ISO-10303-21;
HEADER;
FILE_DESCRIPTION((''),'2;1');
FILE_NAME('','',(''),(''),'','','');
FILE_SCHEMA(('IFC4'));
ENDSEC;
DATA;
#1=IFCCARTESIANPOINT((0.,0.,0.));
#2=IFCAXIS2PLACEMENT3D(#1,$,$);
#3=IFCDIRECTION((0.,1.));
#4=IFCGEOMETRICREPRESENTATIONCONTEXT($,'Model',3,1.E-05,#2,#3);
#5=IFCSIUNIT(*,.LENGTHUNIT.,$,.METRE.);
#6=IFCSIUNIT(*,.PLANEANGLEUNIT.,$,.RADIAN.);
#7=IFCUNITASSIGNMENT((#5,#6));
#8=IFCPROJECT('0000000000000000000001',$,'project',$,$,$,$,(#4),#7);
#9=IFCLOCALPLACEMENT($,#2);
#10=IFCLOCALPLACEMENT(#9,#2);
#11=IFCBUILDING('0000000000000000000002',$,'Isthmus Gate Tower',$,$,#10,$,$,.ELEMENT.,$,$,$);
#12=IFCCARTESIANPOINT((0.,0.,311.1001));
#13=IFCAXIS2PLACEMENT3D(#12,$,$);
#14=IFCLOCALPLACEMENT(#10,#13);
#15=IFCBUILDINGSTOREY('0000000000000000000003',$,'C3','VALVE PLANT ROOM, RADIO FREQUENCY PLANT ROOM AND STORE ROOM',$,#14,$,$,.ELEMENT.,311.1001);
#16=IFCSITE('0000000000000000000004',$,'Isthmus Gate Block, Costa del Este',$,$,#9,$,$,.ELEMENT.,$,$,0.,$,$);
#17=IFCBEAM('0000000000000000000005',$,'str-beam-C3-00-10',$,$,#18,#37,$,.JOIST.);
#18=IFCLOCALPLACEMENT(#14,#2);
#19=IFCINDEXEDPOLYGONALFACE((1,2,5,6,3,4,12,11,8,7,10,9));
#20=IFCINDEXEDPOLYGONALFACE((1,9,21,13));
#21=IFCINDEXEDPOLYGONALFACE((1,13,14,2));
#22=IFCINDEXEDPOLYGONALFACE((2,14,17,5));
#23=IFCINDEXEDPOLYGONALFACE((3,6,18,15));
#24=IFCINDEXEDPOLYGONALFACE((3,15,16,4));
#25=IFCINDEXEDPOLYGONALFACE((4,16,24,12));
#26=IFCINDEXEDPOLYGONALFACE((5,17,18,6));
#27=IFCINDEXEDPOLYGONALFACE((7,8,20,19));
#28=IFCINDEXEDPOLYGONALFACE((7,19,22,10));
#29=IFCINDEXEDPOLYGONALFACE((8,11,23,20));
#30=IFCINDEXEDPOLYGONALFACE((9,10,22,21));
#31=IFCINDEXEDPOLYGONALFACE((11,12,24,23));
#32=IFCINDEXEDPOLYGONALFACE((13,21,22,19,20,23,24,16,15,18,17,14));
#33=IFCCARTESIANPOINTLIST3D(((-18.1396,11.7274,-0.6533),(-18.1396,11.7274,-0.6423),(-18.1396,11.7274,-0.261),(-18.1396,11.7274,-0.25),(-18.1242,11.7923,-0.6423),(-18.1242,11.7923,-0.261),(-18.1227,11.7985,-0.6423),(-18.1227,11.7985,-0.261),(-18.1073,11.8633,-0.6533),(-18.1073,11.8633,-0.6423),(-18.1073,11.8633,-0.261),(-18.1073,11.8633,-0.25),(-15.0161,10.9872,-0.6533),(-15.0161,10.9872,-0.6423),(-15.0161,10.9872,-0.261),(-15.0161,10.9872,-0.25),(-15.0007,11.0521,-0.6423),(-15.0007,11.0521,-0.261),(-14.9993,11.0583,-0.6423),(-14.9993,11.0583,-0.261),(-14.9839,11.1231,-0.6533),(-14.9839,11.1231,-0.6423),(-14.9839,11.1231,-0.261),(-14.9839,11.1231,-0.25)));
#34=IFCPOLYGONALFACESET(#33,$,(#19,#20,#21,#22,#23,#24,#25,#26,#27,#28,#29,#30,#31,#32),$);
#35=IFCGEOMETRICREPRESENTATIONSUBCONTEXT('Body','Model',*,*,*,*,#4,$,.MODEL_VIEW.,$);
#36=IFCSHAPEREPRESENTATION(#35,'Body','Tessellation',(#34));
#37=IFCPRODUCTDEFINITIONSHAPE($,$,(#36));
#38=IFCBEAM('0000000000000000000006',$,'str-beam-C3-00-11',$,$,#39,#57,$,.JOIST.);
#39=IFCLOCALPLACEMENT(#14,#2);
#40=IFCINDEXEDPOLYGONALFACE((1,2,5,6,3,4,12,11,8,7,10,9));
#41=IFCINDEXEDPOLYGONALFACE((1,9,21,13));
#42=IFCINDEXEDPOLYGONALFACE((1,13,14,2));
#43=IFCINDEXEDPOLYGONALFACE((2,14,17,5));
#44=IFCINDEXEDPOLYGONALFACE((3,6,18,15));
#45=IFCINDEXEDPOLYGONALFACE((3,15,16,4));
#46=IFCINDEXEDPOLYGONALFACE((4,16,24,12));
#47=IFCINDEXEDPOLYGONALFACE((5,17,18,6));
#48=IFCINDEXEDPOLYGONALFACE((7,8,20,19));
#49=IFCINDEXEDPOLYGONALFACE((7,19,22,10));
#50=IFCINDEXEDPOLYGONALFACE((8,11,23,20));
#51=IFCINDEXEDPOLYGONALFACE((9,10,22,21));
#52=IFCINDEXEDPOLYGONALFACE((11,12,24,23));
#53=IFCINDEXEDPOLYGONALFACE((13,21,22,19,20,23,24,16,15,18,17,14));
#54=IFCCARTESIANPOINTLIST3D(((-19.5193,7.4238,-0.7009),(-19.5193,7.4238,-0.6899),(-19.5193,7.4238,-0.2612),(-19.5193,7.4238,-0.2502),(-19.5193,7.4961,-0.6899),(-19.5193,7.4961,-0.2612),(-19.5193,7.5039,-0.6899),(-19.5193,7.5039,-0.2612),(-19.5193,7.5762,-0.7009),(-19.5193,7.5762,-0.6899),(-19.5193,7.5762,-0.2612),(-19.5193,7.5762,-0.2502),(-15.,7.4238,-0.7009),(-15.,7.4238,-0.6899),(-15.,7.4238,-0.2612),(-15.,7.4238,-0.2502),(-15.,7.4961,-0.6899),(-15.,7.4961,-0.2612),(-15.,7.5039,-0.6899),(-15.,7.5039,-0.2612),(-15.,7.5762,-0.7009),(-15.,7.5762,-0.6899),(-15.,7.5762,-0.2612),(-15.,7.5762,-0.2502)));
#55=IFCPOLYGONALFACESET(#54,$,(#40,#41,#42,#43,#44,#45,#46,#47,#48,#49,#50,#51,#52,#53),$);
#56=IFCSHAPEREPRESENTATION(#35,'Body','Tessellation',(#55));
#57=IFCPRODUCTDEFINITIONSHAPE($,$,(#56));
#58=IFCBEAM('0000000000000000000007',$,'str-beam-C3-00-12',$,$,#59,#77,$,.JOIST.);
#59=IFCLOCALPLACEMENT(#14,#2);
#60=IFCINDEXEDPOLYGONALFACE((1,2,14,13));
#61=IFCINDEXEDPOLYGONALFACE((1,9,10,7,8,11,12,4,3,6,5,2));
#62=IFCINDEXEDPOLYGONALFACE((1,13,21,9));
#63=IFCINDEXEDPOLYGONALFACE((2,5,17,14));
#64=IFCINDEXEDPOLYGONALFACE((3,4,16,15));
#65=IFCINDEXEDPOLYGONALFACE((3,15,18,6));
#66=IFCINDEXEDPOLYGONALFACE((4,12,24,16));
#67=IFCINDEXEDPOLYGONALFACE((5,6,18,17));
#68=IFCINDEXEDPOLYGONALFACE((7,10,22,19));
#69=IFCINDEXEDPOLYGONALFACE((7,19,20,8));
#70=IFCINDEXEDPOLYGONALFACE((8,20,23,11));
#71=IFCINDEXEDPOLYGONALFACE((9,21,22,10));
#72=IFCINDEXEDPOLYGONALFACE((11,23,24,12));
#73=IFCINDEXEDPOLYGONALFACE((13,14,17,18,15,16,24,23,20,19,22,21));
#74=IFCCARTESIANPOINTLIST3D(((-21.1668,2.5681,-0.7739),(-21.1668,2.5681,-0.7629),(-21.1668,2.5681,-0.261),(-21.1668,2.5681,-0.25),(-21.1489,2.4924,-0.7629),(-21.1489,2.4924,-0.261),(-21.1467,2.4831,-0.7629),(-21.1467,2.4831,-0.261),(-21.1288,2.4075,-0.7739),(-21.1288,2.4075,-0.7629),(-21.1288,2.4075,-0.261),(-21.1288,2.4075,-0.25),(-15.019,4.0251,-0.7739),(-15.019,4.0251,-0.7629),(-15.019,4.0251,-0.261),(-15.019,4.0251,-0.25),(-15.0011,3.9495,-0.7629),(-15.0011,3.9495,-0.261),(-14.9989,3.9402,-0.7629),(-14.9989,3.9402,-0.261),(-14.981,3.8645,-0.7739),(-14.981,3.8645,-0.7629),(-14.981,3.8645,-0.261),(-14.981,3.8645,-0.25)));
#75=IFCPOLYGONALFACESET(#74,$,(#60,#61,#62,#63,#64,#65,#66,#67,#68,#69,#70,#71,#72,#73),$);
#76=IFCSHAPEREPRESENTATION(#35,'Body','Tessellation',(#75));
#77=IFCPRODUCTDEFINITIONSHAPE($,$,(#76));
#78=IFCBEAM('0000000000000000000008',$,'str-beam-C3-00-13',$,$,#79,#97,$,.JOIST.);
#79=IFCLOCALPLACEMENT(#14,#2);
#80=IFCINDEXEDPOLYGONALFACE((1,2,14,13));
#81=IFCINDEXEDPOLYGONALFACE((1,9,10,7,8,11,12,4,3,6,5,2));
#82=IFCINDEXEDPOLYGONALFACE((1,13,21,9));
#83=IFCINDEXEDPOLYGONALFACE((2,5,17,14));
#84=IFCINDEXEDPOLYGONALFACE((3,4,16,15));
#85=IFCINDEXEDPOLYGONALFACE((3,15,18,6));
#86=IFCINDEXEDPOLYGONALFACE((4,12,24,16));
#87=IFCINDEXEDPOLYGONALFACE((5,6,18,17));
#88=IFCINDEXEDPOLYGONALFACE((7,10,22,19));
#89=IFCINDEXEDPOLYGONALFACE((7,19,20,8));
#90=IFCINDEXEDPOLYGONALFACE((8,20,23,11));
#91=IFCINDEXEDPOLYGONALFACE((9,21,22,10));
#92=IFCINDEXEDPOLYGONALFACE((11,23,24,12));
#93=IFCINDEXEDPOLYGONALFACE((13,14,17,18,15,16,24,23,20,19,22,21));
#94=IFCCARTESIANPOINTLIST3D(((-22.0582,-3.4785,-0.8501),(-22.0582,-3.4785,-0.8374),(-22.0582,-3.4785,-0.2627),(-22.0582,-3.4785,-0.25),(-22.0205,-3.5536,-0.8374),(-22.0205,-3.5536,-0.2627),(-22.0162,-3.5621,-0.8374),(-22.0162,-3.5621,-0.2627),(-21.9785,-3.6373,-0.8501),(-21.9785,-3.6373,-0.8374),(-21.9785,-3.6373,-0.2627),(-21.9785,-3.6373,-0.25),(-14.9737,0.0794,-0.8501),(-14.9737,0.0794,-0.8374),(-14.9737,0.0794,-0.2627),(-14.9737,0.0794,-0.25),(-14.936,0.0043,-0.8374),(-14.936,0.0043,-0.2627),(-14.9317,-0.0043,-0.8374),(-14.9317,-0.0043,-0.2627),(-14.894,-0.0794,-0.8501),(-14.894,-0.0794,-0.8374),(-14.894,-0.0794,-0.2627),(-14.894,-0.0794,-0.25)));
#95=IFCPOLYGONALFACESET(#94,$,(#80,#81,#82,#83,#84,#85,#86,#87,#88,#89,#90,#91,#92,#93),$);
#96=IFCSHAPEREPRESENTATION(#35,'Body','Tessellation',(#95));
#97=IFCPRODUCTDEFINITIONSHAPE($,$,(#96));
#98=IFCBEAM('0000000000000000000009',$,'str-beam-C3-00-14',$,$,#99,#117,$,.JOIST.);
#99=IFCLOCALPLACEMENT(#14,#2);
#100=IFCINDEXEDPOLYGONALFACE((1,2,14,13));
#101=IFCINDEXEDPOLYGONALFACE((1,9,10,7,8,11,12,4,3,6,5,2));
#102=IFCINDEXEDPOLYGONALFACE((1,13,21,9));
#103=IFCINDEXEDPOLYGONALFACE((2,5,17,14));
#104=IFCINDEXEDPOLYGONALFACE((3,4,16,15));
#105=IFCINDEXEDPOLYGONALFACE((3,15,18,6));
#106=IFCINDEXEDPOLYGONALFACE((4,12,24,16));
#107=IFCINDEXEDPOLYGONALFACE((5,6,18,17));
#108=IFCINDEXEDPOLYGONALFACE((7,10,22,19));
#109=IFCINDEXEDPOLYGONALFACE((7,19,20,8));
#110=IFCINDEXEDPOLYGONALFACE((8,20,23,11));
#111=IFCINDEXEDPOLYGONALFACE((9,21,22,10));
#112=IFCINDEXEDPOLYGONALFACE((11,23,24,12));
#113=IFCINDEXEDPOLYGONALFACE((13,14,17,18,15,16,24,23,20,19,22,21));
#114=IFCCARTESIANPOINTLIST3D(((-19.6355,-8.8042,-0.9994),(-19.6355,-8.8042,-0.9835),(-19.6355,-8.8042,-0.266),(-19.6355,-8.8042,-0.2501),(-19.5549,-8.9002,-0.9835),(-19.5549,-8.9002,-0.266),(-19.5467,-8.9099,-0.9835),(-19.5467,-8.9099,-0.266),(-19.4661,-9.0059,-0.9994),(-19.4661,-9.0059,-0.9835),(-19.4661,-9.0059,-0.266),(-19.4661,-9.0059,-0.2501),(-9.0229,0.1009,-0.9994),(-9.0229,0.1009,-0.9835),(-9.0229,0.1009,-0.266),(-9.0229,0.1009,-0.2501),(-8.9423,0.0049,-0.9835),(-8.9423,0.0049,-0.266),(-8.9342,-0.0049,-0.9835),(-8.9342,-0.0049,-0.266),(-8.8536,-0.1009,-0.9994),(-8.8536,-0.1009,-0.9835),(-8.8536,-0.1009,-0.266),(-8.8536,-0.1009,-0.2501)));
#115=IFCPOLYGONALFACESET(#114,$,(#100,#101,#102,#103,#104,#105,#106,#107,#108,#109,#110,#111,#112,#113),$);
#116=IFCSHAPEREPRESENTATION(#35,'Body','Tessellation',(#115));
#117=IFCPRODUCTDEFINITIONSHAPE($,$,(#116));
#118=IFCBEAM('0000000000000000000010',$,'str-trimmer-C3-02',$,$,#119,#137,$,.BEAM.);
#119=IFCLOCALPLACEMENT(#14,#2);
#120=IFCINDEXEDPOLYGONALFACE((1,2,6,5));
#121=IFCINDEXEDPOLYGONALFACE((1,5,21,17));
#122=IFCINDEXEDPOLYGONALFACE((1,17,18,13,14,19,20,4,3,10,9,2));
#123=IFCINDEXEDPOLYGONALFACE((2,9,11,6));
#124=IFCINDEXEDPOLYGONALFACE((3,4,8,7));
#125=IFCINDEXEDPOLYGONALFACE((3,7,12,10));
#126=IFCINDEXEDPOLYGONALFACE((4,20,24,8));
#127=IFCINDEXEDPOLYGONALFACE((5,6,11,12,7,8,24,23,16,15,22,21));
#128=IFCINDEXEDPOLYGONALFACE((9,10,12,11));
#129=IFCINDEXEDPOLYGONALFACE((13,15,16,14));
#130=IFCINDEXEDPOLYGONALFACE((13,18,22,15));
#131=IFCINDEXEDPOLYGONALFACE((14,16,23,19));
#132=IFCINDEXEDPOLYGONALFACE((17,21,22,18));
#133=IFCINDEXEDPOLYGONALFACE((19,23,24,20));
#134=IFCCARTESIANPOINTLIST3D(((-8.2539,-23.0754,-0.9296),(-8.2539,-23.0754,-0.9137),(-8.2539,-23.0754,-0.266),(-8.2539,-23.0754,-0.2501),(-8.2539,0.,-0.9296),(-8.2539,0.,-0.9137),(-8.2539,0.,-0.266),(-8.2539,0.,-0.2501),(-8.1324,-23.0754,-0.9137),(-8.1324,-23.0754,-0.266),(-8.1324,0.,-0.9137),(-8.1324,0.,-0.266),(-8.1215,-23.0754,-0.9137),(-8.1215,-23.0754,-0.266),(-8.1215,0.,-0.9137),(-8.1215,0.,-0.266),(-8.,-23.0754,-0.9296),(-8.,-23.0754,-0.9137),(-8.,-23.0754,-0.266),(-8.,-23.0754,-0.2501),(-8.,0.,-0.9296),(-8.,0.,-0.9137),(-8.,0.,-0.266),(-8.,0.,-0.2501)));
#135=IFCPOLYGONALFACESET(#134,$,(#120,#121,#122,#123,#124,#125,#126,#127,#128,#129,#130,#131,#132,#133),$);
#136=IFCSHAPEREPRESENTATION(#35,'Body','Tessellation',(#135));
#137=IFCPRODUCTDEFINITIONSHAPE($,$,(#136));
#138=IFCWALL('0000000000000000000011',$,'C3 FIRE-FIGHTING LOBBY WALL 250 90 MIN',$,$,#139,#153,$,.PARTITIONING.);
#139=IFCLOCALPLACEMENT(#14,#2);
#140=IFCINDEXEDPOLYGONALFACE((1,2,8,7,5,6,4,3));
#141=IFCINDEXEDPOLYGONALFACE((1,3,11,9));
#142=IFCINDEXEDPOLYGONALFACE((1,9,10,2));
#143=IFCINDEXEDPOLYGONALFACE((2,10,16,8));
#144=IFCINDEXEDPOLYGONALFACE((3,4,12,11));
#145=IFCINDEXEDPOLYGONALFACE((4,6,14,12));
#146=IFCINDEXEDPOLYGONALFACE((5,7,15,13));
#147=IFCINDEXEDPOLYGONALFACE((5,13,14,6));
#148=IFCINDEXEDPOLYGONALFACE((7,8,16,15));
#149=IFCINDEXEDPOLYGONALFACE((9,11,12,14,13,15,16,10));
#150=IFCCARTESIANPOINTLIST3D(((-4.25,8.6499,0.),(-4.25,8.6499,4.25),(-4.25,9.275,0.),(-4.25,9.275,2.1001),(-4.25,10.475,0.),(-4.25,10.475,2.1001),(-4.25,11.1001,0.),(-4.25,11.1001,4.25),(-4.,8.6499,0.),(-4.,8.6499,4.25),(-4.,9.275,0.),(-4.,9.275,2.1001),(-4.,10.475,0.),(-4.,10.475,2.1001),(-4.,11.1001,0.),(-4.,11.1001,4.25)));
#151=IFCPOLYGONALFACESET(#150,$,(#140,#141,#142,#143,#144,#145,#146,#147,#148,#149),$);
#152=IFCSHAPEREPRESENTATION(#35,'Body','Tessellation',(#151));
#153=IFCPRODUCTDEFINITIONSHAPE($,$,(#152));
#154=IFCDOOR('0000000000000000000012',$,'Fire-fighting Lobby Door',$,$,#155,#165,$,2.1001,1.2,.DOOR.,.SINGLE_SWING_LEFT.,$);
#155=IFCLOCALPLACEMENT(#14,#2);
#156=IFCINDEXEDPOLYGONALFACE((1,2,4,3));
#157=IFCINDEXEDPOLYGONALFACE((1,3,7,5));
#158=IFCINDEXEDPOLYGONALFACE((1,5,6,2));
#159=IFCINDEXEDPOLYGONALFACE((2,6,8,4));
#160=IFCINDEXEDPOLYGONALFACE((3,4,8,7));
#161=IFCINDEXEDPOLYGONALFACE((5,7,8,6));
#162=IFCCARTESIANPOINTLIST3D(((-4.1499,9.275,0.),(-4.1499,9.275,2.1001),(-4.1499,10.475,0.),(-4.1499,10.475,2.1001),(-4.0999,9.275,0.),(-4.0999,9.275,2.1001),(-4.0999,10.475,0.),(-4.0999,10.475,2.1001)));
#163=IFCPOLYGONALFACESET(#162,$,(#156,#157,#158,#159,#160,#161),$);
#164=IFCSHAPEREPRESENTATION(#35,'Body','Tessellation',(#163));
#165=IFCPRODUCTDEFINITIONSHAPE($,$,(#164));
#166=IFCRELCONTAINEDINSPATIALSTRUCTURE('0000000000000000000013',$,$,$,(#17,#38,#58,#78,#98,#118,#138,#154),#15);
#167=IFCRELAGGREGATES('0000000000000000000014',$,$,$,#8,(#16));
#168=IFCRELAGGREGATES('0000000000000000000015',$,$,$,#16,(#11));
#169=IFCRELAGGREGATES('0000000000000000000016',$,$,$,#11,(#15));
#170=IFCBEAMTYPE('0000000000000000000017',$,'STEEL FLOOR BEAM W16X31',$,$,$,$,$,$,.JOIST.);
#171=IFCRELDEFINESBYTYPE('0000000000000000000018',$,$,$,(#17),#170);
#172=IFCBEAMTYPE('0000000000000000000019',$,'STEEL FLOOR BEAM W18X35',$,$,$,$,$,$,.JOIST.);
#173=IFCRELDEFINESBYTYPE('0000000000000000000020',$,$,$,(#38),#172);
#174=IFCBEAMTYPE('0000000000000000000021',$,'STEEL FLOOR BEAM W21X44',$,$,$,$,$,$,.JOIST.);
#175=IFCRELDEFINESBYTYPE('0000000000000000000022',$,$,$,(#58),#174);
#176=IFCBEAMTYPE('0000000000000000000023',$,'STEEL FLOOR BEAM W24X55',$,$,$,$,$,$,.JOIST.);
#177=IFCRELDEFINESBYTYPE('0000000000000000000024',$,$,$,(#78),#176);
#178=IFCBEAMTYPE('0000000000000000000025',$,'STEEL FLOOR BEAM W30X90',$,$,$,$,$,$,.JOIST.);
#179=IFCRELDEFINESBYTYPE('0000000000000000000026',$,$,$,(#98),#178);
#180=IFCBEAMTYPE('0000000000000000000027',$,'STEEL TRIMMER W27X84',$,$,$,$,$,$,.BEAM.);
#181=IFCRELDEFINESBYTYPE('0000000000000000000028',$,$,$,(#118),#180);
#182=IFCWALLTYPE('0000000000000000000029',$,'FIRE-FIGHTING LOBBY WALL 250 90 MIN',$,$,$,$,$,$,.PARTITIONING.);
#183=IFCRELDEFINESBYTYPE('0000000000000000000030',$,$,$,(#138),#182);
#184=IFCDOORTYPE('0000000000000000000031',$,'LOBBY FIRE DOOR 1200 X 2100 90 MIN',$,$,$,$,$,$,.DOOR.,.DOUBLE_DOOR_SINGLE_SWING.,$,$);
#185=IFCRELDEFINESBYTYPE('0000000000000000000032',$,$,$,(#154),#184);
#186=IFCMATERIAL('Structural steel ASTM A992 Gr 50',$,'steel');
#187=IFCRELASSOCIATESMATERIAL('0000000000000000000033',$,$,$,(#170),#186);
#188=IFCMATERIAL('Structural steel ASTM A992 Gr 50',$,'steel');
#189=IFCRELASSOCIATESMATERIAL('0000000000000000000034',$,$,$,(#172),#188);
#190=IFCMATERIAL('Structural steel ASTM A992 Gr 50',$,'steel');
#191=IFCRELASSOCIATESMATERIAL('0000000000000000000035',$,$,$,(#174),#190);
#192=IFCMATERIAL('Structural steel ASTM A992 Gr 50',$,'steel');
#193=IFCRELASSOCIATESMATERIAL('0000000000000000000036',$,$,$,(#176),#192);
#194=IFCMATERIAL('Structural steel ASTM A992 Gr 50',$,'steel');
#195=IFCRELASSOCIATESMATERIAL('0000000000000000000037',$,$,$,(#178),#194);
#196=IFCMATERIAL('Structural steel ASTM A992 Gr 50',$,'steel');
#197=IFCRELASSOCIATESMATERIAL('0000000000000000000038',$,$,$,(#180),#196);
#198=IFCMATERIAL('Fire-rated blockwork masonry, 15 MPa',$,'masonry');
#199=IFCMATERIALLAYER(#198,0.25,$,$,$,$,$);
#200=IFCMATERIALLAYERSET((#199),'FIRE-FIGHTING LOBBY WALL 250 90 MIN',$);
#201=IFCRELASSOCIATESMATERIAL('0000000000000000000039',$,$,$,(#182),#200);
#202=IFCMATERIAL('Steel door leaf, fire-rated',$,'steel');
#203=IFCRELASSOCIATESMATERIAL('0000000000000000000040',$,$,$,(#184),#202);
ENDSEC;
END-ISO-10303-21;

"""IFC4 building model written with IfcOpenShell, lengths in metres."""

from ifc_helpers import new_model, si_unit, direction, frame, frame_2d, origin, origin_2d, place, context, subcontext, project, spatial, rectangle, i_section, extrude, material, layer, layer_set, material_profile, profile_set, type_object, element, fill, save


model = new_model("IFC4")

# Units and contexts
model_context = context("Model", 3, precision=1e-05, world=origin(), true_north=direction((0.0, 1.0)))
body_context = subcontext(model_context, "Body", "Model", "MODEL_VIEW")
ifc_project = project(units=[si_unit("LENGTHUNIT", "METRE"), si_unit("PLANEANGLEUNIT", "RADIAN")], contexts=[model_context])

# Site, building, storey
site_placement = place(None, origin())
site = spatial("IfcSite", under=ifc_project, at=site_placement, Name="Isthmus Gate Block, Costa del Este", CompositionType="ELEMENT", RefElevation=0.0)
building_placement = place(site_placement, origin())
building = spatial("IfcBuilding", under=site, at=building_placement, Name="Isthmus Gate Tower", CompositionType="ELEMENT")
storey_placement = place(building_placement, frame((0.0, 0.0, 311.1001)))
storey = spatial("IfcBuildingStorey", under=building, at=storey_placement, Name="C3", Description="VALVE PLANT ROOM, RADIO FREQUENCY PLANT ROOM AND STORE ROOM", CompositionType="ELEMENT", Elevation=311.1001)

# Beams
ifc_material_1 = material(Name="Structural steel ASTM A992 Gr 50", Category="steel")
ifc_material_profile_1 = material_profile(ifc_material_1, i_section(OverallWidth=0.1396, OverallDepth=0.4033, WebThickness=0.0063, FlangeThickness=0.011, at=origin_2d()), Name="W16X31")
ifc_profile_set_1 = profile_set([ifc_material_profile_1], Name="Structural steel ASTM A992 Gr 50")
beam_type_1 = type_object("IfcBeamType", Name="STEEL FLOOR BEAM W16X31", PredefinedType="JOIST", material=ifc_profile_set_1)
beam_1_placement = place(storey_placement, frame((-15.0, 11.0552, -0.4517), z_axis=(-0.973049, 0.230599, 0.0), x_axis=(-0.230599, -0.973049, 0.0)))
element("IfcBeam", 1, at=beam_1_placement, inside=storey, type_object=beam_type_1, Name="str-beam-C3-00-10", PredefinedType="JOIST", context=body_context, shape_type="SweptSolid", body=[
    extrude(i_section(OverallWidth=0.1396, OverallDepth=0.4033, WebThickness=0.0063, FlangeThickness=0.011, at=origin_2d()), origin(), (0.0, 0.0, 1.0), 3.21),
])
ifc_material_2 = material(Name="Structural steel ASTM A992 Gr 50", Category="steel")
ifc_material_profile_2 = material_profile(ifc_material_2, i_section(OverallWidth=0.1523, OverallDepth=0.4507, WebThickness=0.0078, FlangeThickness=0.011, at=origin_2d()), Name="W18X35")
ifc_profile_set_2 = profile_set([ifc_material_profile_2], Name="Structural steel ASTM A992 Gr 50")
beam_type_2 = type_object("IfcBeamType", Name="STEEL FLOOR BEAM W18X35", PredefinedType="JOIST", material=ifc_profile_set_2)
beam_2_placement = place(storey_placement, frame((-15.0, 7.5, -0.4756), z_axis=(-1.0, 0.0, 0.0), x_axis=(0.0, -1.0, 0.0)))
element("IfcBeam", 2, at=beam_2_placement, inside=storey, type_object=beam_type_2, Name="str-beam-C3-00-11", PredefinedType="JOIST", context=body_context, shape_type="SweptSolid", body=[
    extrude(i_section(OverallWidth=0.1523, OverallDepth=0.4507, WebThickness=0.0078, FlangeThickness=0.011, at=origin_2d()), origin(), (0.0, 0.0, 1.0), 4.5193),
])
ifc_material_3 = material(Name="Structural steel ASTM A992 Gr 50", Category="steel")
ifc_material_profile_3 = material_profile(ifc_material_3, i_section(OverallWidth=0.165, OverallDepth=0.5239, WebThickness=0.0095, FlangeThickness=0.011, at=origin_2d()), Name="W21X44")
ifc_profile_set_3 = profile_set([ifc_material_profile_3], Name="Structural steel ASTM A992 Gr 50")
beam_type_3 = type_object("IfcBeamType", Name="STEEL FLOOR BEAM W21X44", PredefinedType="JOIST", material=ifc_profile_set_3)
beam_3_placement = place(storey_placement, frame((-15.0, 3.9448, -0.512), z_axis=(-0.973045, -0.230616, 0.0), x_axis=(0.230616, -0.973045, 0.0)))
element("IfcBeam", 3, at=beam_3_placement, inside=storey, type_object=beam_type_3, Name="str-beam-C3-00-12", PredefinedType="JOIST", context=body_context, shape_type="SweptSolid", body=[
    extrude(i_section(OverallWidth=0.165, OverallDepth=0.5239, WebThickness=0.0095, FlangeThickness=0.011, at=origin_2d()), origin(), (0.0, 0.0, 1.0), 6.3181),
])
ifc_material_4 = material(Name="Structural steel ASTM A992 Gr 50", Category="steel")
ifc_material_profile_4 = material_profile(ifc_material_4, i_section(OverallWidth=0.1777, OverallDepth=0.6001, WebThickness=0.0095, FlangeThickness=0.0127, at=origin_2d()), Name="W24X55")
ifc_profile_set_4 = profile_set([ifc_material_profile_4], Name="Structural steel ASTM A992 Gr 50")
beam_type_4 = type_object("IfcBeamType", Name="STEEL FLOOR BEAM W24X55", PredefinedType="JOIST", material=ifc_profile_set_4)
beam_4_placement = place(storey_placement, frame((-14.9338, 0.0, -0.55), z_axis=(-0.893637, -0.44879, 0.0), x_axis=(0.44879, -0.893637, 0.0)))
element("IfcBeam", 4, at=beam_4_placement, inside=storey, type_object=beam_type_4, Name="str-beam-C3-00-13", PredefinedType="JOIST", context=body_context, shape_type="SweptSolid", body=[
    extrude(i_section(OverallWidth=0.1777, OverallDepth=0.6001, WebThickness=0.0095, FlangeThickness=0.0127, at=origin_2d()), origin(), (0.0, 0.0, 1.0), 7.9277),
])
ifc_material_5 = material(Name="Structural steel ASTM A992 Gr 50", Category="steel")
ifc_material_profile_5 = material_profile(ifc_material_5, i_section(OverallWidth=0.2634, OverallDepth=0.7493, WebThickness=0.0127, FlangeThickness=0.0159, at=origin_2d()), Name="W30X90")
ifc_profile_set_5 = profile_set([ifc_material_profile_5], Name="Structural steel ASTM A992 Gr 50")
beam_type_5 = type_object("IfcBeamType", Name="STEEL FLOOR BEAM W30X90", PredefinedType="JOIST", material=ifc_profile_set_5)
beam_5_placement = place(storey_placement, frame((-8.9382, 0.0, -0.6248), z_axis=(-0.766043, -0.642789, 0.0), x_axis=(0.642789, -0.766043, 0.0)))
element("IfcBeam", 5, at=beam_5_placement, inside=storey, type_object=beam_type_5, Name="str-beam-C3-00-14", PredefinedType="JOIST", context=body_context, shape_type="SweptSolid", body=[
    extrude(i_section(OverallWidth=0.2634, OverallDepth=0.7493, WebThickness=0.0127, FlangeThickness=0.0159, at=origin_2d()), origin(), (0.0, 0.0, 1.0), 13.8538),
])
ifc_material_6 = material(Name="Structural steel ASTM A992 Gr 50", Category="steel")
ifc_material_profile_6 = material_profile(ifc_material_6, i_section(OverallWidth=0.2539, OverallDepth=0.6794, WebThickness=0.011, FlangeThickness=0.0159, at=origin_2d()), Name="W27X84")
ifc_profile_set_6 = profile_set([ifc_material_profile_6], Name="Structural steel ASTM A992 Gr 50")
beam_type_6 = type_object("IfcBeamType", Name="STEEL TRIMMER W27X84", PredefinedType="BEAM", material=ifc_profile_set_6)
beam_6_placement = place(storey_placement, frame((-8.127, 0.0, -0.5898), z_axis=(0.0, -1.0, 0.0), x_axis=(1.0, 0.0, 0.0)))
element("IfcBeam", 6, at=beam_6_placement, inside=storey, type_object=beam_type_6, Name="str-trimmer-C3-02", PredefinedType="BEAM", context=body_context, shape_type="SweptSolid", body=[
    extrude(i_section(OverallWidth=0.2539, OverallDepth=0.6794, WebThickness=0.011, FlangeThickness=0.0159, at=origin_2d()), origin(), (0.0, 0.0, 1.0), 23.0754),
])

# Wall, opening, door
ifc_material_7 = material(Name="Fire-rated blockwork masonry, 15 MPa", Category="masonry")
ifc_layer_1 = layer(ifc_material_7, 0.25)
ifc_layer_set_1 = layer_set([ifc_layer_1], Name="FIRE-FIGHTING LOBBY WALL 250 90 MIN")
wall_type_1 = type_object("IfcWallType", Name="FIRE-FIGHTING LOBBY WALL 250 90 MIN", PredefinedType="PARTITIONING", material=ifc_layer_set_1)
wall_1_placement = place(storey_placement, frame((-4.125, 8.6499, 0.0), z_axis=(0.0, 0.0, 1.0), x_axis=(0.0, 1.0, 0.0)))
wall_1 = element("IfcWall", 7, at=wall_1_placement, inside=storey, type_object=wall_type_1, Name="C3 FIRE-FIGHTING LOBBY WALL 250 90 MIN", PredefinedType="PARTITIONING", context=body_context, shape_type="SweptSolid", body=[
    extrude(rectangle(XDim=2.4502, YDim=0.25, at=frame_2d((1.2251, 0.0))), origin(), (0.0, 0.0, 1.0), 4.25),
])
opening_1_placement = place(wall_1_placement, frame((0.625, 0.0, 0.0)))
opening_1 = element("IfcOpeningElement", 8, at=opening_1_placement, cuts=wall_1, PredefinedType="OPENING", context=body_context, shape_type="SweptSolid", body=[
    extrude(rectangle(XDim=1.2, YDim=2.1001, at=frame_2d((0.6001, 1.05))), frame((0.0, 0.135, 0.0), z_axis=(0.0, -1.0, 0.0), x_axis=(1.0, 0.0, 0.0)), (0.0, 0.0, 1.0), 0.27),
])
ifc_material_8 = material(Name="Steel door leaf, fire-rated", Category="steel")
door_type_1 = type_object("IfcDoorType", Name="LOBBY FIRE DOOR 1200 X 2100 90 MIN", OperationType="DOUBLE_DOOR_SINGLE_SWING", PredefinedType="DOOR", material=ifc_material_8)
door_1_placement = place(opening_1_placement, origin())
door_1 = element("IfcDoor", 9, at=door_1_placement, inside=storey, type_object=door_type_1, Name="Fire-fighting Lobby Door", OperationType="SINGLE_SWING_LEFT", OverallHeight=2.1001, OverallWidth=1.2, PredefinedType="DOOR", context=body_context, shape_type="SweptSolid", body=[
    extrude(rectangle(XDim=1.2, YDim=2.1001, at=frame_2d((0.6001, 1.05))), frame((0.0, 0.0249, 0.0), z_axis=(0.0, -1.0, 0.0), x_axis=(1.0, 0.0, 0.0)), (0.0, 0.0, 1.0), 0.05),
])
fill(opening_1, door_1)

save(model, "model.ifc")
